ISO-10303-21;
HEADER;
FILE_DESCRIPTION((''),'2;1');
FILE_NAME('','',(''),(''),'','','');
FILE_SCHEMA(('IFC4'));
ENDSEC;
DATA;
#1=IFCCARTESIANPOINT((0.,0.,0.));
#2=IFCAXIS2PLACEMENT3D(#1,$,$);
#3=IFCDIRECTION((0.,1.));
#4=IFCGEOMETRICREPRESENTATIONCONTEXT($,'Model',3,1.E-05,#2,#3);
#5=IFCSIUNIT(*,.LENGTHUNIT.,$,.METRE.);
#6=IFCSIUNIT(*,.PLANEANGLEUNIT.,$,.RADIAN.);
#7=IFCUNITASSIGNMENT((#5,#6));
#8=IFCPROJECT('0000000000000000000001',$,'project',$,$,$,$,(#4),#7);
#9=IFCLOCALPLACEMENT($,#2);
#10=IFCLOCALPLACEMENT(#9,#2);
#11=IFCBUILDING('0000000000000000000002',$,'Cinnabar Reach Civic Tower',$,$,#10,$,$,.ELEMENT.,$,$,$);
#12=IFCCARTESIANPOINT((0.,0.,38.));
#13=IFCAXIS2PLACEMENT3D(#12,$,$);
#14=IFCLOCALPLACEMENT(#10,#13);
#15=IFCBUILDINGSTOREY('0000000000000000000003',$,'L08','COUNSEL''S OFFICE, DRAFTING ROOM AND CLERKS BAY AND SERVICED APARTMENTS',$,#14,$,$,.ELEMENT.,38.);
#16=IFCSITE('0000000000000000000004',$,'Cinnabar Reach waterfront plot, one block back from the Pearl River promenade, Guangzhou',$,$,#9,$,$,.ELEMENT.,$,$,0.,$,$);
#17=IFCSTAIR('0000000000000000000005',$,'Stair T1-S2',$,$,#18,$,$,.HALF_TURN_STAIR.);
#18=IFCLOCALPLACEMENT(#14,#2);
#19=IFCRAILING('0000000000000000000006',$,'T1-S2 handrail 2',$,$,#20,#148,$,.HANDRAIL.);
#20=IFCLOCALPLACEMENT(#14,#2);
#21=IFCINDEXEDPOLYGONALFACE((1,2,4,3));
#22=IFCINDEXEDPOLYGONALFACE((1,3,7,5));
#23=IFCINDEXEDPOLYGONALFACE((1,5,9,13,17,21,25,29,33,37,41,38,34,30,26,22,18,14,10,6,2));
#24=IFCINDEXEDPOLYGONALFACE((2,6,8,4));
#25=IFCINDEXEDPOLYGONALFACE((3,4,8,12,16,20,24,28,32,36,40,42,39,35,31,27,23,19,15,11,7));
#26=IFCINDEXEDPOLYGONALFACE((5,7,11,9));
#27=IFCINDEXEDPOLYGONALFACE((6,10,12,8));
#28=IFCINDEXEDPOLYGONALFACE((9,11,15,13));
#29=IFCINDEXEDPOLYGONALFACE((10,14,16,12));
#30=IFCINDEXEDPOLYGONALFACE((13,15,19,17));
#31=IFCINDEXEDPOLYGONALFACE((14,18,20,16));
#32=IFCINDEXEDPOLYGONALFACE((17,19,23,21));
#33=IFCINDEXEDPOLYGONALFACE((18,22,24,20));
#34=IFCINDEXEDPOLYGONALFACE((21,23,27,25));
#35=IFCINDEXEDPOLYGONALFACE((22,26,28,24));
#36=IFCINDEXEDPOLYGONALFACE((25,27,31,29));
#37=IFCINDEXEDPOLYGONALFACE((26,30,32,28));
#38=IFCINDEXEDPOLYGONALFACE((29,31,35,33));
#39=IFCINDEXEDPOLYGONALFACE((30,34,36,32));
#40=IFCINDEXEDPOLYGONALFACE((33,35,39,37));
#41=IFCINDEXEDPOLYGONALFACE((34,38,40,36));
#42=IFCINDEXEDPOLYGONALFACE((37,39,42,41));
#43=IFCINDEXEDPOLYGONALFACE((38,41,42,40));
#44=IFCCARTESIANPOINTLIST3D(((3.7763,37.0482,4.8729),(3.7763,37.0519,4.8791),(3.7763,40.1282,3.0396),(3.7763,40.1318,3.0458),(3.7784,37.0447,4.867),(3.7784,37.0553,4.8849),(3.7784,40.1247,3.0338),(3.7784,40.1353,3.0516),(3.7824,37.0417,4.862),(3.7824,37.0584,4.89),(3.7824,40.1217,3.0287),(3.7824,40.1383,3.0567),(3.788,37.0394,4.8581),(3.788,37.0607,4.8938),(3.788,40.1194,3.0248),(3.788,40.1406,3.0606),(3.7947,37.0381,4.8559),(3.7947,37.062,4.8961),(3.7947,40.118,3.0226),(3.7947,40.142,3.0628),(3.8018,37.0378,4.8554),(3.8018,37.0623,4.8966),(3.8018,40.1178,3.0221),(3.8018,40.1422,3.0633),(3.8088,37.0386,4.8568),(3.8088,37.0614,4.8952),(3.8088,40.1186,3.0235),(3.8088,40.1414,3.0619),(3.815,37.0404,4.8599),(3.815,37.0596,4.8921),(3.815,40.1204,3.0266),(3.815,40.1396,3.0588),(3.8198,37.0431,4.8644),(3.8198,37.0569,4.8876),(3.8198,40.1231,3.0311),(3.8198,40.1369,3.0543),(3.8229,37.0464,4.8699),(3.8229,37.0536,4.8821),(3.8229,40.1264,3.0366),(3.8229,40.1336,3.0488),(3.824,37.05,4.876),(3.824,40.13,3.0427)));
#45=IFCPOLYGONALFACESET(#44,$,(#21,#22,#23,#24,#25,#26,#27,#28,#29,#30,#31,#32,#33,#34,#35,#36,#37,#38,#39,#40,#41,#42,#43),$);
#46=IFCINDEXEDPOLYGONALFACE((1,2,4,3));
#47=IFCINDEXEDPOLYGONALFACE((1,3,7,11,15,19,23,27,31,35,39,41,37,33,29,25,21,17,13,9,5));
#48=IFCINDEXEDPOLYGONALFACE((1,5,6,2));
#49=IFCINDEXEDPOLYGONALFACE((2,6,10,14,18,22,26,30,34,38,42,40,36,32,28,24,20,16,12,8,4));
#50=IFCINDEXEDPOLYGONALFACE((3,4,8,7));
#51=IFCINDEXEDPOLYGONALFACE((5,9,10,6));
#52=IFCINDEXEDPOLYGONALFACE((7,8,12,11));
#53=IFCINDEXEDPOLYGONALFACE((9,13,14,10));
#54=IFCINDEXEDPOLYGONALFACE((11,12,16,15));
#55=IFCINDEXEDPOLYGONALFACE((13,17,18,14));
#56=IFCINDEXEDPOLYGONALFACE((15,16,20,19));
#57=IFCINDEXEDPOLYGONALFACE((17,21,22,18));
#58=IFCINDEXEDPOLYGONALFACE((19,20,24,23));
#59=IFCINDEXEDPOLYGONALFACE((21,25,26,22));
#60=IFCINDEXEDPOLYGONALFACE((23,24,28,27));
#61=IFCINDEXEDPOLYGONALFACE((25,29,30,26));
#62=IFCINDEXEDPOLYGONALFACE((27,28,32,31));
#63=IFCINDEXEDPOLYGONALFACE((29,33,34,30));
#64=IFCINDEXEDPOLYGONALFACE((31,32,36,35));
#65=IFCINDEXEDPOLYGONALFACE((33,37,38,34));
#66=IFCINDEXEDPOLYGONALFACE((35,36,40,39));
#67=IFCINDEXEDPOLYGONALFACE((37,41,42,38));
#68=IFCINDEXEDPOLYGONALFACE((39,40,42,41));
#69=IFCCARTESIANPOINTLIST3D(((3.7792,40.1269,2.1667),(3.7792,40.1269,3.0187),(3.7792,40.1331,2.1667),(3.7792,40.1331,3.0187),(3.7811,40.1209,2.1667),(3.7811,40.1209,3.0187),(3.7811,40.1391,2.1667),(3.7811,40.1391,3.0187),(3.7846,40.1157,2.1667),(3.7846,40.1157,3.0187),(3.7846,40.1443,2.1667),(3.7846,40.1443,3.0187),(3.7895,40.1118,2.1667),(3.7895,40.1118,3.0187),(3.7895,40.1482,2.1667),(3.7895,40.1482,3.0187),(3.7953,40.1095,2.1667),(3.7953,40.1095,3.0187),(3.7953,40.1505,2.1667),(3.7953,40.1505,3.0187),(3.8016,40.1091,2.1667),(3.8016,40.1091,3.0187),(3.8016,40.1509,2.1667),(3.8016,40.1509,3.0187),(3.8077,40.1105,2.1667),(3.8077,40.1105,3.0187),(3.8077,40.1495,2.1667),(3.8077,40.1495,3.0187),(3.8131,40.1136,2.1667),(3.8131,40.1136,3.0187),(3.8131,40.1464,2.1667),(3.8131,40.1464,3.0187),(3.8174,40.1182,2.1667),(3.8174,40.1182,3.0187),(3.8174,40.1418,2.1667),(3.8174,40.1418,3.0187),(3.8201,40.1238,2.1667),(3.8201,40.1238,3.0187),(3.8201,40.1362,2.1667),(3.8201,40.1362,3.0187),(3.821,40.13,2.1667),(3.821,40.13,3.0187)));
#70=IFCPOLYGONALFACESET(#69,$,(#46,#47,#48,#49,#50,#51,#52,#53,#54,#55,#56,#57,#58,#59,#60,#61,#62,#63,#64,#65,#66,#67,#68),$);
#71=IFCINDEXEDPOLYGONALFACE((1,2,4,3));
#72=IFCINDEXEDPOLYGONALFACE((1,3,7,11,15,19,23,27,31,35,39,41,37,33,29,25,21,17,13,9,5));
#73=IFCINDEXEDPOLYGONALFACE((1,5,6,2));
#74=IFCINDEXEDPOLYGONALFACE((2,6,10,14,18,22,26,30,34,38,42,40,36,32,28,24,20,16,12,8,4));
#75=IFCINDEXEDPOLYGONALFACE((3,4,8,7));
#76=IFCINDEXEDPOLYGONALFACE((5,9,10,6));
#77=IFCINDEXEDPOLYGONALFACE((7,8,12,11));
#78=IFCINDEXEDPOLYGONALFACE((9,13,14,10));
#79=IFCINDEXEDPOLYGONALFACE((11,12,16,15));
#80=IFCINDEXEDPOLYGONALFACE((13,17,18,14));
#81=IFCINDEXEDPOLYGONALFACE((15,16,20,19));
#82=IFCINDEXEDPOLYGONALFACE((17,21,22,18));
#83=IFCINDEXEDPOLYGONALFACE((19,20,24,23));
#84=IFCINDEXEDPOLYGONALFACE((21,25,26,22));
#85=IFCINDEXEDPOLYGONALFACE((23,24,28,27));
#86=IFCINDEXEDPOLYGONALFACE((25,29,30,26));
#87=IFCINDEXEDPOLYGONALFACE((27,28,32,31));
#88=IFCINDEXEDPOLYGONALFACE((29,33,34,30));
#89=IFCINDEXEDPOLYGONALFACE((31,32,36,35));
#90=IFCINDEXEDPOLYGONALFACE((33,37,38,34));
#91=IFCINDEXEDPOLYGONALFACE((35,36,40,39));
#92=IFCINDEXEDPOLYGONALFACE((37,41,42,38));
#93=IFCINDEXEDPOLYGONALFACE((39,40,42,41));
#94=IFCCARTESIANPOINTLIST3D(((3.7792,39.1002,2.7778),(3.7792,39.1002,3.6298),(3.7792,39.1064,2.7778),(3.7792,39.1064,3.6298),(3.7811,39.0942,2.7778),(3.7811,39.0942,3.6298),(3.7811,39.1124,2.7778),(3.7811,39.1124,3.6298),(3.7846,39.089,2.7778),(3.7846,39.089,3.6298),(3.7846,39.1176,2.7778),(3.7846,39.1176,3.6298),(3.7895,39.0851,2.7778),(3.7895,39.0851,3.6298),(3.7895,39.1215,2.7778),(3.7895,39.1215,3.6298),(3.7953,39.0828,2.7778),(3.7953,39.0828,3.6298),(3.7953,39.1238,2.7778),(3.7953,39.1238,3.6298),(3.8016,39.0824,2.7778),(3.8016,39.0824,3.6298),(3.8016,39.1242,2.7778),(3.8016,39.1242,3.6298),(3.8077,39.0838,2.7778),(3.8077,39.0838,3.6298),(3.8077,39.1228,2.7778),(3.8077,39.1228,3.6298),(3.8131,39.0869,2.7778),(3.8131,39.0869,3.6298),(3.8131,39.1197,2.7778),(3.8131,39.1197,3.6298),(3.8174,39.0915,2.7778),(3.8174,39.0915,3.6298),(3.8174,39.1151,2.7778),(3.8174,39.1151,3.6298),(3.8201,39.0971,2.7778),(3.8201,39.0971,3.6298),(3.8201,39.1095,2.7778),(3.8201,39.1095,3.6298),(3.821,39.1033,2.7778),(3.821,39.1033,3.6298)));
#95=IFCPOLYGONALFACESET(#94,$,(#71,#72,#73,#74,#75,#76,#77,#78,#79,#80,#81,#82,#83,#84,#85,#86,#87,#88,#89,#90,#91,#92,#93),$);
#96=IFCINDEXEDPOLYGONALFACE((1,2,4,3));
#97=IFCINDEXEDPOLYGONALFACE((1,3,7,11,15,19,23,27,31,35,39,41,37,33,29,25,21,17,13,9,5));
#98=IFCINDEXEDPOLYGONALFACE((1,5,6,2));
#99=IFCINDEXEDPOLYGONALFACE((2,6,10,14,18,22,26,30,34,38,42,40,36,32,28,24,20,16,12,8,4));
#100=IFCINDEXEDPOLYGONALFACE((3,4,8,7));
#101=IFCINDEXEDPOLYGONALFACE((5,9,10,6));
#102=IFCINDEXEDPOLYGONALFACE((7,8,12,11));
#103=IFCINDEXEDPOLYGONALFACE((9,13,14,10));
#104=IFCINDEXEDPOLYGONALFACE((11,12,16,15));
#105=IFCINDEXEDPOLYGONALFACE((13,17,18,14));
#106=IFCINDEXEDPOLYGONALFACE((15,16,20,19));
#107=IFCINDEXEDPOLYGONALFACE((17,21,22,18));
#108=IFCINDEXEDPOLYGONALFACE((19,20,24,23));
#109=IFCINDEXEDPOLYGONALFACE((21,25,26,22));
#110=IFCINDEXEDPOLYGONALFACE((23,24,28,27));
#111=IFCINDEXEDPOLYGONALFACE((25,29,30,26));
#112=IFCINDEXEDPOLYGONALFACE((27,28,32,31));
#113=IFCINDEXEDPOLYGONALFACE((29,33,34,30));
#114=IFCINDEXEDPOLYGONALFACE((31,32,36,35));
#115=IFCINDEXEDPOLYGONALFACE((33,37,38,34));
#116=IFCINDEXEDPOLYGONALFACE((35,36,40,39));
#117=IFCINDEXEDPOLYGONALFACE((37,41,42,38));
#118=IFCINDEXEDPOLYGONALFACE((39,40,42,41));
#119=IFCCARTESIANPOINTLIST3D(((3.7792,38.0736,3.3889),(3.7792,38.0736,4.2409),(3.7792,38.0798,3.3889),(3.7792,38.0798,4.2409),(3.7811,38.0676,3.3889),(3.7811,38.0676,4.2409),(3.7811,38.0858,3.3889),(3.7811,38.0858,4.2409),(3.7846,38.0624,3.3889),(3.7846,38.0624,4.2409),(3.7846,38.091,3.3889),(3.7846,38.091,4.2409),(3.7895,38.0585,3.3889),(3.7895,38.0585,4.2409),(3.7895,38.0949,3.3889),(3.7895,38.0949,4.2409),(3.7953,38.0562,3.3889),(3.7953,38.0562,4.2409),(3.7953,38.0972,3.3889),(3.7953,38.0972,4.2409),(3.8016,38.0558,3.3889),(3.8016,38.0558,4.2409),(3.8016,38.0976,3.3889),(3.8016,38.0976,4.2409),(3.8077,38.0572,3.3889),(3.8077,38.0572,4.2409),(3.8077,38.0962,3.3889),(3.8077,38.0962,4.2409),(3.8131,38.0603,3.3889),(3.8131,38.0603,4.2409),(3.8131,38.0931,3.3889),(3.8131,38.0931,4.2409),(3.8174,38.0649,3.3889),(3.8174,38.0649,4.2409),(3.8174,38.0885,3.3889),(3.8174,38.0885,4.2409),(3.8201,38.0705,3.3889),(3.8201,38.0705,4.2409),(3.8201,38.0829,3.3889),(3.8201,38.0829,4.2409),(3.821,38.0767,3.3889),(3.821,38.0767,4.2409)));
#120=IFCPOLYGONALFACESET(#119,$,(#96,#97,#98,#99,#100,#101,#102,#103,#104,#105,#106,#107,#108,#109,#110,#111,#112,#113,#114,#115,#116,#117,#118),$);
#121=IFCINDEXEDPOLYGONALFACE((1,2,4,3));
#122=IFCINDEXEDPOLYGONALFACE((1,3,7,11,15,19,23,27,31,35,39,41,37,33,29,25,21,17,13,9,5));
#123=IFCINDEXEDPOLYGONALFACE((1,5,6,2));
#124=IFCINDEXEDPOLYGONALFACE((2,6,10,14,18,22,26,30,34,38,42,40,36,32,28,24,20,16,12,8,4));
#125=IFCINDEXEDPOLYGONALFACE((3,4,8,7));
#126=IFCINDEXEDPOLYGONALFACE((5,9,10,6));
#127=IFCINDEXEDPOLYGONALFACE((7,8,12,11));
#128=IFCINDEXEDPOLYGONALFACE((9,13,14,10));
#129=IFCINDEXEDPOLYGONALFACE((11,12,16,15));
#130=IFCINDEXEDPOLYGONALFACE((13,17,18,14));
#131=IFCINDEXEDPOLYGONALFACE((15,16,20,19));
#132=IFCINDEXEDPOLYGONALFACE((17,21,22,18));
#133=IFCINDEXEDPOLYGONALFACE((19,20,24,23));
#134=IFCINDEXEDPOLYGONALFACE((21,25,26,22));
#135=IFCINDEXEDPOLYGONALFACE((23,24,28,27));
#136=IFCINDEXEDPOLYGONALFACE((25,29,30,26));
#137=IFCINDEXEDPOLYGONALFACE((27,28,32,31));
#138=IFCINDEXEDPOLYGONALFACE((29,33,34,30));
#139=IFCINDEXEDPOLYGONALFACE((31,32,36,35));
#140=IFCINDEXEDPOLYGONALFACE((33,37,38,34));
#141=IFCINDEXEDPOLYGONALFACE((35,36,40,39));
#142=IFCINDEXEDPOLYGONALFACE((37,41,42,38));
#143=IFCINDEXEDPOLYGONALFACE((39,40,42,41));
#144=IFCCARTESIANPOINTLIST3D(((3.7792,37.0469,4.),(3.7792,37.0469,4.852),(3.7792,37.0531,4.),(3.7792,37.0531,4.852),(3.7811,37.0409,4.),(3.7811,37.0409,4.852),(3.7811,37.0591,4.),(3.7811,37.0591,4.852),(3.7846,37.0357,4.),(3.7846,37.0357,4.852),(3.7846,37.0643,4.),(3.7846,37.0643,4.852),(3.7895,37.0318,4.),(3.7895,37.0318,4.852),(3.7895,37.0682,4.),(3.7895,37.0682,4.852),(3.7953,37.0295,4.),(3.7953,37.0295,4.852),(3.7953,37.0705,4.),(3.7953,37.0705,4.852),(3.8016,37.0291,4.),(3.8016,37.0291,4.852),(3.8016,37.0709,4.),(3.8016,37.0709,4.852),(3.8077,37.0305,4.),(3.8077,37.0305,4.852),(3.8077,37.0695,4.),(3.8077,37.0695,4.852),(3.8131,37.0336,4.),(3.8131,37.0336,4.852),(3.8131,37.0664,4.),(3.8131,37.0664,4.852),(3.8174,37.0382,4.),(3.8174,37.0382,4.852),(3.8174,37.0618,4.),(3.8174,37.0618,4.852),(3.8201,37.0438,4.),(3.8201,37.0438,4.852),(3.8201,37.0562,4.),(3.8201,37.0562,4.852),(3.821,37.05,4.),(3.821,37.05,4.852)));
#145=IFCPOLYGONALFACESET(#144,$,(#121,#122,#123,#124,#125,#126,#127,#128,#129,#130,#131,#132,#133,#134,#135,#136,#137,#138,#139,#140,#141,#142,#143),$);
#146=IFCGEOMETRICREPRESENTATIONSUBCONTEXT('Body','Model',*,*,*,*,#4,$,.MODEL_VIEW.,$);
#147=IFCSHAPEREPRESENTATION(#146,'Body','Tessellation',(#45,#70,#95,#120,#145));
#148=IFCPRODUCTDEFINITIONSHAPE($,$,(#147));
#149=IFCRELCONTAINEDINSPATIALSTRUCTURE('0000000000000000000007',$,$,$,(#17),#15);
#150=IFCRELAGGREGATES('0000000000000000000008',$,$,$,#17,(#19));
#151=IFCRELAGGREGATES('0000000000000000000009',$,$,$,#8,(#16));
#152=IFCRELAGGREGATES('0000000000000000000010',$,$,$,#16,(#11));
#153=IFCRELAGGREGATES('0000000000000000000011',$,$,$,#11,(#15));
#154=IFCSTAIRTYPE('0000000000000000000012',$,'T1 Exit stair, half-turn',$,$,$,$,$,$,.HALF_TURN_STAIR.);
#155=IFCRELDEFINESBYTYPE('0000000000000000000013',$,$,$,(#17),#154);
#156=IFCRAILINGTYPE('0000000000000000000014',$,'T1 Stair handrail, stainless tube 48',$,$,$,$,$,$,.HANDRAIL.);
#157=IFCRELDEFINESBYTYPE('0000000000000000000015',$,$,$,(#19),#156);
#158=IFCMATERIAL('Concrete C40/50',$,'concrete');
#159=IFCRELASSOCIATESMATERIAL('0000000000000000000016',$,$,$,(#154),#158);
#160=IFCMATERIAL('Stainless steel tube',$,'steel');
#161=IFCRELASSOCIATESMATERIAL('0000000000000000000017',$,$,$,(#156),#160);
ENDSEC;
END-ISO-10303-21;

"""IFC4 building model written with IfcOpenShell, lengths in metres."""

from ifc_helpers import new_model, si_unit, direction, frame, origin, origin_2d, place, context, subcontext, project, spatial, circle, extrude, material, type_object, element, aggregate, save


model = new_model("IFC4")

# Units and contexts
model_context = context("Model", 3, precision=1e-05, world=origin(), true_north=direction((0.0, 1.0)))
body_context = subcontext(model_context, "Body", "Model", "MODEL_VIEW")
ifc_project = project(units=[si_unit("LENGTHUNIT", "METRE"), si_unit("PLANEANGLEUNIT", "RADIAN")], contexts=[model_context])

# Site, building, storey
site_placement = place(None, origin())
site = spatial("IfcSite", under=ifc_project, at=site_placement, Name="Cinnabar Reach waterfront plot, one block back from the Pearl River promenade, Guangzhou", CompositionType="ELEMENT", RefElevation=0.0)
building_placement = place(site_placement, origin())
building = spatial("IfcBuilding", under=site, at=building_placement, Name="Cinnabar Reach Civic Tower", CompositionType="ELEMENT")
storey_placement = place(building_placement, frame((0.0, 0.0, 38.0)))
storey = spatial("IfcBuildingStorey", under=building, at=storey_placement, Name="L08", Description="COUNSEL'S OFFICE, DRAFTING ROOM AND CLERKS BAY AND SERVICED APARTMENTS", CompositionType="ELEMENT", Elevation=38.0)

# Shared definitions
ifc_material_1 = material(Name="Concrete C40/50", Category="concrete")

# Stair, railing
stair_type = type_object("IfcStairType", Name="T1 Exit stair, half-turn", PredefinedType="HALF_TURN_STAIR", material=ifc_material_1)
stair_placement = place(storey_placement, origin())
stair = element("IfcStair", 1, at=stair_placement, inside=storey, type_object=stair_type, Name="Stair T1-S2", PredefinedType="HALF_TURN_STAIR")
ifc_material_2 = material(Name="Stainless steel tube", Category="steel")
railing_type = type_object("IfcRailingType", Name="T1 Stair handrail, stainless tube 48", PredefinedType="HANDRAIL", material=ifc_material_2)
railing_1_placement = place(storey_placement, frame((3.8, 40.13, 2.1667)))
railing_1 = element("IfcRailing", 2, at=railing_1_placement, type_object=railing_type, Name="T1-S2 handrail 2", PredefinedType="HANDRAIL", context=body_context, shape_type="SweptSolid", body=[
    extrude(circle(Radius=0.024, at=origin_2d()), frame((0.0, 0.0, 0.876), z_axis=(0.0, -0.859297, 0.511477), x_axis=(1.0, 0.0, 0.0)), (0.0, 0.0, 1.0), 3.5843),
    extrude(circle(Radius=0.021, at=origin_2d()), origin(), (0.0, 0.0, 1.0), 0.852),
    extrude(circle(Radius=0.021, at=origin_2d()), frame((0.0, -1.0267, 0.6111)), (0.0, 0.0, 1.0), 0.852),
    extrude(circle(Radius=0.021, at=origin_2d()), frame((0.0, -2.0533, 1.2222)), (0.0, 0.0, 1.0), 0.852),
    extrude(circle(Radius=0.021, at=origin_2d()), frame((0.0, -3.08, 1.8333)), (0.0, 0.0, 1.0), 0.852),
])
aggregate(stair, [railing_1])

save(model, "model.ifc")
